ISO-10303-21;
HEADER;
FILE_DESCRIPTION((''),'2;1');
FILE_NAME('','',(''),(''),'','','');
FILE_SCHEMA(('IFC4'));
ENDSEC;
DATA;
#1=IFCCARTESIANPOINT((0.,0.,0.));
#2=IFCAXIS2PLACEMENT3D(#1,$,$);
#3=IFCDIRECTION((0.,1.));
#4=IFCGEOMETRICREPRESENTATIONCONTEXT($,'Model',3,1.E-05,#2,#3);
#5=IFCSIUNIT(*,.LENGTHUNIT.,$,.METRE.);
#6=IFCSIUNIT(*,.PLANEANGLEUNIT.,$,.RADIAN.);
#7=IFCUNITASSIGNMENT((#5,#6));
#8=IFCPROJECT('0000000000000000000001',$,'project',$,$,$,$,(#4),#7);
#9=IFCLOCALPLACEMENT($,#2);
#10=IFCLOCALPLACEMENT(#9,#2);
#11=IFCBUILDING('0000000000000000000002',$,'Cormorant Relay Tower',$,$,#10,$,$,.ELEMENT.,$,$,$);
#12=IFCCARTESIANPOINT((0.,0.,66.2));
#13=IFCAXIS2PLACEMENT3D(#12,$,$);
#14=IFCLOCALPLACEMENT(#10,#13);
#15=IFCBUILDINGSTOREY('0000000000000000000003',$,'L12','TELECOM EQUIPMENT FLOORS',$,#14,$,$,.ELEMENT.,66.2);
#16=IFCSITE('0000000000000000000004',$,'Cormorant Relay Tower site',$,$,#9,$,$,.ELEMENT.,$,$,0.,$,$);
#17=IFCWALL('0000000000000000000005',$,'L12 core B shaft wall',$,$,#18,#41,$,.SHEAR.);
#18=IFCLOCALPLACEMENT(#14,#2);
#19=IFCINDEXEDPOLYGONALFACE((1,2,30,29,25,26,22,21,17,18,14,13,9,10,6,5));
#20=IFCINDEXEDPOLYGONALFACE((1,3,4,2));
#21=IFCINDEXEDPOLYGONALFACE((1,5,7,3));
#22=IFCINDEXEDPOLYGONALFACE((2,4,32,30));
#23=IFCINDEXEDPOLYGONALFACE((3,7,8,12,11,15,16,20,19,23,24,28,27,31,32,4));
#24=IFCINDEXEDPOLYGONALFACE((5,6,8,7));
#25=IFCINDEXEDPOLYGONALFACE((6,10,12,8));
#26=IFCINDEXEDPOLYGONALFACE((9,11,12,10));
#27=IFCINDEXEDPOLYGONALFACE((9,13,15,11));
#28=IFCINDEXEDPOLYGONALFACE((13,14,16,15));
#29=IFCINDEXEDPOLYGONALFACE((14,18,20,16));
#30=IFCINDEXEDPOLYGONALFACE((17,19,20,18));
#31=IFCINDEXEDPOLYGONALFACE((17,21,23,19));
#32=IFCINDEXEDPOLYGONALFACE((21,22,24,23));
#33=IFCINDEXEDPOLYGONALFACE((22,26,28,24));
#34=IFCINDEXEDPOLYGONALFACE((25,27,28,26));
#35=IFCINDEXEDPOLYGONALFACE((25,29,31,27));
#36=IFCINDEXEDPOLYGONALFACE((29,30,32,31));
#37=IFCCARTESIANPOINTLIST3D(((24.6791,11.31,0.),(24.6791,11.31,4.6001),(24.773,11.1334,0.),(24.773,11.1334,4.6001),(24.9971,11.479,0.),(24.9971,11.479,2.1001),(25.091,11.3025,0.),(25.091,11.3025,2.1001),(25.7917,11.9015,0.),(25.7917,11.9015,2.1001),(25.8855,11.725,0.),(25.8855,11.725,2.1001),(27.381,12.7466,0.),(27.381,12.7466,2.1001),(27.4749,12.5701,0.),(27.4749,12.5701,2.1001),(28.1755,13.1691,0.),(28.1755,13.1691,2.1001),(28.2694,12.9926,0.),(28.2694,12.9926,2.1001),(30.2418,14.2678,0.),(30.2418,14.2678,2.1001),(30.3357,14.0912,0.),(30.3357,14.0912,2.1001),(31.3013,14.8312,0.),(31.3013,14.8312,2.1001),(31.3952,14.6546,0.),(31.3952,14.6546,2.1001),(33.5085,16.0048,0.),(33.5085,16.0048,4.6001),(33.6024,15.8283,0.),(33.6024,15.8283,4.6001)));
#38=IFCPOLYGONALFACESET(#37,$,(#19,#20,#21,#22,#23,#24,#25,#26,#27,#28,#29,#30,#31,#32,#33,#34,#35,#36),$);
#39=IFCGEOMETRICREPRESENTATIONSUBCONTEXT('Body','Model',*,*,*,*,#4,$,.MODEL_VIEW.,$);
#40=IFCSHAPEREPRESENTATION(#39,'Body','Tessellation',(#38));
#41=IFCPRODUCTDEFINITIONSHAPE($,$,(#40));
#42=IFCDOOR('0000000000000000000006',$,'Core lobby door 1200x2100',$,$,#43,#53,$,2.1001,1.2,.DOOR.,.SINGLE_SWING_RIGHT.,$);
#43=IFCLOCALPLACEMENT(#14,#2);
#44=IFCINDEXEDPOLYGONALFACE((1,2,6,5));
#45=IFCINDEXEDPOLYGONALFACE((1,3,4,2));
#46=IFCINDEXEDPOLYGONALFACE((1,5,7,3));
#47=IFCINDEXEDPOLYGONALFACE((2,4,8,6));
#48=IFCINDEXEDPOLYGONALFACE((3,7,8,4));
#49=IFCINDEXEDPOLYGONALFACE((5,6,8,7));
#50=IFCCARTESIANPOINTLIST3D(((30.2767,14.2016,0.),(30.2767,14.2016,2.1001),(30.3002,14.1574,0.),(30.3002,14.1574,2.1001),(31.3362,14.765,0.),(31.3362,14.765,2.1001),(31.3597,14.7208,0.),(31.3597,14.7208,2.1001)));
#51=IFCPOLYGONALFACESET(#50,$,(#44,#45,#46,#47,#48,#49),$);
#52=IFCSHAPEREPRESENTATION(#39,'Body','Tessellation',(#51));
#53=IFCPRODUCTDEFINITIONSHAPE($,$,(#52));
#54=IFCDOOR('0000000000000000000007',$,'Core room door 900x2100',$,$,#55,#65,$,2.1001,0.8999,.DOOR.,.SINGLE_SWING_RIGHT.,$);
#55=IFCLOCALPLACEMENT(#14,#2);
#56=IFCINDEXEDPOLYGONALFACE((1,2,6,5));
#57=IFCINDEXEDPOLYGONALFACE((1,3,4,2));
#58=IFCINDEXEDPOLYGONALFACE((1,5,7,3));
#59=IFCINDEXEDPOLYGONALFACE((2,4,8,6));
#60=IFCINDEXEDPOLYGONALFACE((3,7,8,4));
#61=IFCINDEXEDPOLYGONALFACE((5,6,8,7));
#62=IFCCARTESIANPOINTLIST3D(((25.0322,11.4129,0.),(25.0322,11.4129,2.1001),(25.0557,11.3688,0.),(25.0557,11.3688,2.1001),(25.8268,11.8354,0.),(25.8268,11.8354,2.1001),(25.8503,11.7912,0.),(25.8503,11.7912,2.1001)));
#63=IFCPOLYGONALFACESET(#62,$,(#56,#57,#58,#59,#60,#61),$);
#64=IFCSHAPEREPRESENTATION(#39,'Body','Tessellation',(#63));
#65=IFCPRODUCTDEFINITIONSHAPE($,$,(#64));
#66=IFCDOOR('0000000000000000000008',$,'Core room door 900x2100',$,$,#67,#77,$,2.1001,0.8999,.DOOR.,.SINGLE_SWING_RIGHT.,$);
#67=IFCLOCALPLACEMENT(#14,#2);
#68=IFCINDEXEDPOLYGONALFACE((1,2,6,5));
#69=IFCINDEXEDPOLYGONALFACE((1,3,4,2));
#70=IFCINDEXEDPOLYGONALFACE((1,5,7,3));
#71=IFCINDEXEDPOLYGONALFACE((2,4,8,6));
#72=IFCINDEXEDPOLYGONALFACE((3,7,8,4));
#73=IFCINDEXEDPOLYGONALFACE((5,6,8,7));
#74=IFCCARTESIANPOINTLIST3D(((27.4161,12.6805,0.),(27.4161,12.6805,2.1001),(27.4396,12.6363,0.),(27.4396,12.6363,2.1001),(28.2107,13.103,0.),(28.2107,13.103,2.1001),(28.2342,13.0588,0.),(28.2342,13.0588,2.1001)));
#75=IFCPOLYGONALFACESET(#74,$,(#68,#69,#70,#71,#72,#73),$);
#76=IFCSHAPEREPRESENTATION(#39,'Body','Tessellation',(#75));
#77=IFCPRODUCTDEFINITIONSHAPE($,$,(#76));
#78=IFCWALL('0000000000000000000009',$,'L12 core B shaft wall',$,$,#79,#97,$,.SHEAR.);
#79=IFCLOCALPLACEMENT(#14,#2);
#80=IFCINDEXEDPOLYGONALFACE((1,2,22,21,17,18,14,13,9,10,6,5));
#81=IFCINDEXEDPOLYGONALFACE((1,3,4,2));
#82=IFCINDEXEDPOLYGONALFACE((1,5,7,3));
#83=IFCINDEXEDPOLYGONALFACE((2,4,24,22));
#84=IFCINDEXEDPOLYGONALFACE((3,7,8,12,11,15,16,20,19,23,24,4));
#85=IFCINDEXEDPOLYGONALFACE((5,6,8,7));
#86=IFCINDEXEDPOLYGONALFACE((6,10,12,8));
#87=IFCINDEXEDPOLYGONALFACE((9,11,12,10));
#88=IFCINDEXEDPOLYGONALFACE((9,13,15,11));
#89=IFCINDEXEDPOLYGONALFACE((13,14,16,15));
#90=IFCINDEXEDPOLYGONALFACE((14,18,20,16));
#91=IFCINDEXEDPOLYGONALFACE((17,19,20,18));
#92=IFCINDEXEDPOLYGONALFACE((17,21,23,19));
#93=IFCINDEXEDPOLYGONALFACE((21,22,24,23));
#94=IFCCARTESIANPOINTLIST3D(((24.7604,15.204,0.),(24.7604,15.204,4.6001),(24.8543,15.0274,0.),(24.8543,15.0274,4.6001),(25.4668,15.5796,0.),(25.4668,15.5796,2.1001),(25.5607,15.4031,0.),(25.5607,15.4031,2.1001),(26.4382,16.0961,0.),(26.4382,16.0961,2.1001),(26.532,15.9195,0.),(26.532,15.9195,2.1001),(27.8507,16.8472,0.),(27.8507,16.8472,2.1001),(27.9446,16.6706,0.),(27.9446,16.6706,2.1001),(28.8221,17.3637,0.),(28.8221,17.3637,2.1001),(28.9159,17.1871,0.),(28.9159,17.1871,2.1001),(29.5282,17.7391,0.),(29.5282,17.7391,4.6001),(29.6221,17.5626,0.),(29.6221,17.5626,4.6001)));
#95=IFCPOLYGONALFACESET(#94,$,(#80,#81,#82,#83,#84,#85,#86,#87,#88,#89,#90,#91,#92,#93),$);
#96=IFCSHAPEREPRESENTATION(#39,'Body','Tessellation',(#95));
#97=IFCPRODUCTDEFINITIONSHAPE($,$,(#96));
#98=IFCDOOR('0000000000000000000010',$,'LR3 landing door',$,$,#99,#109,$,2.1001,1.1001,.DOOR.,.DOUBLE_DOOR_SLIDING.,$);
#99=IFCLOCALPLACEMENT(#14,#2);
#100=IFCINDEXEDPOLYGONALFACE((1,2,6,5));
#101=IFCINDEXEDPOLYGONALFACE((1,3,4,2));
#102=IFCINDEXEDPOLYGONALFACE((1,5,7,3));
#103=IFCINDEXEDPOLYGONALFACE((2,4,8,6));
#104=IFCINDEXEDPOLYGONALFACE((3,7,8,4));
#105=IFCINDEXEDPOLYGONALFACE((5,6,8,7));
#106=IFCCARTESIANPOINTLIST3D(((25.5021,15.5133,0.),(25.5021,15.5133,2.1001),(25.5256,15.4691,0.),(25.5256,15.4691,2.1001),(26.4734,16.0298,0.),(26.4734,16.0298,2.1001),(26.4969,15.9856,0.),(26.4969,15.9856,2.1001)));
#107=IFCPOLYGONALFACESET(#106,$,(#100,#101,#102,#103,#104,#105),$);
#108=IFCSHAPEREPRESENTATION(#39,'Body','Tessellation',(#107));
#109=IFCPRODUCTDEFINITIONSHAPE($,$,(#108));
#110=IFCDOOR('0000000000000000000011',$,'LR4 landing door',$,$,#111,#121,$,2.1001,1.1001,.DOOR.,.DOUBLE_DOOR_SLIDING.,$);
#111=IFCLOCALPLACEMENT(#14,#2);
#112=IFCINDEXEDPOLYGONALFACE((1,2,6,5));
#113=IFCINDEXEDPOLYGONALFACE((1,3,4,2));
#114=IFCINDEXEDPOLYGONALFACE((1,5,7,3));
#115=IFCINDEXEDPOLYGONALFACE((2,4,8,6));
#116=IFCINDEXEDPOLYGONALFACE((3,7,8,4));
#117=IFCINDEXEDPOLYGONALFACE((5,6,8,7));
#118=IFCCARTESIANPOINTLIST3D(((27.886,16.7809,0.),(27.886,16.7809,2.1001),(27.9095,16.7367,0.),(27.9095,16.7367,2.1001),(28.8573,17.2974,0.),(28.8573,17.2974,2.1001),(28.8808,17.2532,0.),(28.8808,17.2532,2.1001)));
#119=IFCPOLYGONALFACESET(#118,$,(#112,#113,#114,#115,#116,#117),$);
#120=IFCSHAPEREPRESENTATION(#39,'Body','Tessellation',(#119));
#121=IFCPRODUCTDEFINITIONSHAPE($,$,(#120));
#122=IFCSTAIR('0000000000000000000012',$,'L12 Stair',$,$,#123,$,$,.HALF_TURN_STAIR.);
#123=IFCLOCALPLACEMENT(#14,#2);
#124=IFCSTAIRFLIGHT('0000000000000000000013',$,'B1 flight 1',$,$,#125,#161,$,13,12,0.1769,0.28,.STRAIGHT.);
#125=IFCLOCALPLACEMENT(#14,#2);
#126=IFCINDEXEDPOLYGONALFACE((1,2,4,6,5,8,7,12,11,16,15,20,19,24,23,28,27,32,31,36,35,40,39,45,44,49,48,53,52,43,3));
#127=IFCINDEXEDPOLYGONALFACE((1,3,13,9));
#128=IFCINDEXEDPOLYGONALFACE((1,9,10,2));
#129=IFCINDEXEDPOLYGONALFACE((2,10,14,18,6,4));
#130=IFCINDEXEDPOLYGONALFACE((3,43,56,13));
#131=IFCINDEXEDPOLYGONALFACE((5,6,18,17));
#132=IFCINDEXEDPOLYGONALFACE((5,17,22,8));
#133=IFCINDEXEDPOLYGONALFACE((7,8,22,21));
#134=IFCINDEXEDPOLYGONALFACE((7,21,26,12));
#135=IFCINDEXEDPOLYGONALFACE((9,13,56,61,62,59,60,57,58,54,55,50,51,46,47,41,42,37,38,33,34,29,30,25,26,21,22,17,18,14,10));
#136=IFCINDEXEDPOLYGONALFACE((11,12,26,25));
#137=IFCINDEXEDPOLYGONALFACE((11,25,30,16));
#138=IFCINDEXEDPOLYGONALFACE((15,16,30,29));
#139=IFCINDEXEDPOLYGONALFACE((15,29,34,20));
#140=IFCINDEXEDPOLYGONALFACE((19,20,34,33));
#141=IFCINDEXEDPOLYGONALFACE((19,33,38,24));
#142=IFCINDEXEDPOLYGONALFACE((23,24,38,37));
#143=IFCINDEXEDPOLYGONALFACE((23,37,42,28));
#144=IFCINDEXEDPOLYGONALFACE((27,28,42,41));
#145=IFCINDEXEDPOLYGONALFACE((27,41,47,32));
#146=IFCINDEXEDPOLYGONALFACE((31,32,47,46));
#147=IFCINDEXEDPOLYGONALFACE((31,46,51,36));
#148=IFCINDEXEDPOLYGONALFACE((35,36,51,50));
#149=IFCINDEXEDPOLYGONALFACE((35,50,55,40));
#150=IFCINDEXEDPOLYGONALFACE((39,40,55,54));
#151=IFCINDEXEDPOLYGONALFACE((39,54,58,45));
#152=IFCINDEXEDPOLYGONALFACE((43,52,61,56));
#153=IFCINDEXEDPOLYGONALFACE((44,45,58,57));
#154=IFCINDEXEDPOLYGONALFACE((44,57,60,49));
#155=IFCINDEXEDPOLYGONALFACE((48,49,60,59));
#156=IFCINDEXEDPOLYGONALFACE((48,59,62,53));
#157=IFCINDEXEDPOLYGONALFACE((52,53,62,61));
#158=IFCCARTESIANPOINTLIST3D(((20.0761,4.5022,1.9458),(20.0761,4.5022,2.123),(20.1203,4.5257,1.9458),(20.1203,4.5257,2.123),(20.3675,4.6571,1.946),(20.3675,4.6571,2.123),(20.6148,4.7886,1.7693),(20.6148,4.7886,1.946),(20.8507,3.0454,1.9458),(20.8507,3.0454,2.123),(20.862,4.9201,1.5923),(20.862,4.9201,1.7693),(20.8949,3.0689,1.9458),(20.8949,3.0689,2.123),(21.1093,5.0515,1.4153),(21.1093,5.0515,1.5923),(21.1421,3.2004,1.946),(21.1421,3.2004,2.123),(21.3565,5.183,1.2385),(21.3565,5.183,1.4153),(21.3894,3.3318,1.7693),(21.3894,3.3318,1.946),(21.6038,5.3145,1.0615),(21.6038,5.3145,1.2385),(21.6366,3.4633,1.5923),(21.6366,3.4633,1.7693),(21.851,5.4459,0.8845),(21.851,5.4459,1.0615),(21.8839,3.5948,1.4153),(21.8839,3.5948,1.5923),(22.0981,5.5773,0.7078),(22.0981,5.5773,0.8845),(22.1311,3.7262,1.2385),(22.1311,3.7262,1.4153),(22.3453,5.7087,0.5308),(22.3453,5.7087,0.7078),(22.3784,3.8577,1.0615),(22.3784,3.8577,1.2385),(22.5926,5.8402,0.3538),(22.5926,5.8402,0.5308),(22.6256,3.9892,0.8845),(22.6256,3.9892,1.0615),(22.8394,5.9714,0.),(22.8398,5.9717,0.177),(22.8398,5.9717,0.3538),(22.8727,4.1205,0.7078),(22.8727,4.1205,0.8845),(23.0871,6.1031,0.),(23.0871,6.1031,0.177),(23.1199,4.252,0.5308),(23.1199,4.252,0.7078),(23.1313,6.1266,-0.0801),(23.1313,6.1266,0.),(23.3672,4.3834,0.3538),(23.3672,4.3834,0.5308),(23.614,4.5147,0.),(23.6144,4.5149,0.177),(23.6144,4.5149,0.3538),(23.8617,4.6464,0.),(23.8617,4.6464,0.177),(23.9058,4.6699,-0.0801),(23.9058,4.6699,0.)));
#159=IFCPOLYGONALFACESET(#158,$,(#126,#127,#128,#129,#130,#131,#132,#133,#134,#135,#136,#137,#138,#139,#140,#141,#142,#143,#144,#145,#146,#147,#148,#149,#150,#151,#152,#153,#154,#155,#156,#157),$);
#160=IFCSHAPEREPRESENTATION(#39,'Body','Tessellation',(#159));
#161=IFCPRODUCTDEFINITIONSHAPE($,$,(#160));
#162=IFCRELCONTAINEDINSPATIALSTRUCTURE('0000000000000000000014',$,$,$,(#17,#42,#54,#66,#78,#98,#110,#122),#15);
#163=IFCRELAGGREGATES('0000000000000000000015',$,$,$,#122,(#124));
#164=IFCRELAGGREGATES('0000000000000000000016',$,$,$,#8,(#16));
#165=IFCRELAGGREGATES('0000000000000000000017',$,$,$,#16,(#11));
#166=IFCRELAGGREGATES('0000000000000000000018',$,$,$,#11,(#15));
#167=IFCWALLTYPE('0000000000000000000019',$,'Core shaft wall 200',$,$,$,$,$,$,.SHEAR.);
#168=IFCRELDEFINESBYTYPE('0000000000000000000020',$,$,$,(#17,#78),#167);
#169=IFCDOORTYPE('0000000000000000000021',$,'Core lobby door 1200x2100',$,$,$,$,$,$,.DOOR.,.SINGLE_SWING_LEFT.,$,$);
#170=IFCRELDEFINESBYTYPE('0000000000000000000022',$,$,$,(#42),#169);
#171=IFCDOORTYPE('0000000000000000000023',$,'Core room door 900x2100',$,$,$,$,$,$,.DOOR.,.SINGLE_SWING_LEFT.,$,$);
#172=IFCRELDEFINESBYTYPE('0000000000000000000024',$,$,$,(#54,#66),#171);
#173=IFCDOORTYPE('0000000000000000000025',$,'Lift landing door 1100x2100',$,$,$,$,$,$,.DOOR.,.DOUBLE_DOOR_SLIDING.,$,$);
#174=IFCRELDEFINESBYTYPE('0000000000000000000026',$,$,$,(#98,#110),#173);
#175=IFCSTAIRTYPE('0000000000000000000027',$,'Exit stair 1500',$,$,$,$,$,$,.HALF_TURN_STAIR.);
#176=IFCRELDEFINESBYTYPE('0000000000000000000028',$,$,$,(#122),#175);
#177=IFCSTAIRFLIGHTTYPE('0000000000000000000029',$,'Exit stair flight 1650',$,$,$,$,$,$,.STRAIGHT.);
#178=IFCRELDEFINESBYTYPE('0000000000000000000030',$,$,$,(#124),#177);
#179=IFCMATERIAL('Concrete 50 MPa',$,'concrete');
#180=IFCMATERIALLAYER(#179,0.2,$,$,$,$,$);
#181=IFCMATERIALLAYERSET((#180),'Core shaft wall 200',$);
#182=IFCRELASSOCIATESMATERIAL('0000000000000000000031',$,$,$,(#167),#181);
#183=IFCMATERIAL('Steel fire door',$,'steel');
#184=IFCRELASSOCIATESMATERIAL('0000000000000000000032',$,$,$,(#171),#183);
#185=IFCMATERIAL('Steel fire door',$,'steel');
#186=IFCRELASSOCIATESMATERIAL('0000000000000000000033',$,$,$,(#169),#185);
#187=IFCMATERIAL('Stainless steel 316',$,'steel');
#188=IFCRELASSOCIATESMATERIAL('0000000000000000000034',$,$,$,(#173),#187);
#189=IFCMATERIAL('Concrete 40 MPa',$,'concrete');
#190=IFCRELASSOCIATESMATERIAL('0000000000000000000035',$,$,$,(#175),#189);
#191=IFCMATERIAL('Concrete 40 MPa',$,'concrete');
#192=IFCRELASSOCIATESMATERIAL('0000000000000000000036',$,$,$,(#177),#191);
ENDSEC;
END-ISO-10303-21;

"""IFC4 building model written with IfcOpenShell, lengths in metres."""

from ifc_helpers import new_model, si_unit, direction, frame, frame_2d, origin, place, context, subcontext, project, spatial, polyline, rectangle, outline, extrude, material, layer, layer_set, type_object, element, fill, aggregate, save


model = new_model("IFC4")

# Units and contexts
model_context = context("Model", 3, precision=1e-05, world=origin(), true_north=direction((0.0, 1.0)))
body_context = subcontext(model_context, "Body", "Model", "MODEL_VIEW")
ifc_project = project(units=[si_unit("LENGTHUNIT", "METRE"), si_unit("PLANEANGLEUNIT", "RADIAN")], contexts=[model_context])

# Site, building, storey
site_placement = place(None, origin())
site = spatial("IfcSite", under=ifc_project, at=site_placement, Name="Cormorant Relay Tower site", CompositionType="ELEMENT", RefElevation=0.0)
building_placement = place(site_placement, origin())
building = spatial("IfcBuilding", under=site, at=building_placement, Name="Cormorant Relay Tower", CompositionType="ELEMENT")
storey_placement = place(building_placement, frame((0.0, 0.0, 66.2)))
storey = spatial("IfcBuildingStorey", under=building, at=storey_placement, Name="L12", Description="TELECOM EQUIPMENT FLOORS", CompositionType="ELEMENT", Elevation=66.2)

# Shared definitions
ifc_material_1 = material(Name="Concrete 50 MPa", Category="concrete")
ifc_layer_1 = layer(ifc_material_1, 0.2)
ifc_layer_set_1 = layer_set([ifc_layer_1], Name="Core shaft wall 200")
wall_type_1 = type_object("IfcWallType", Name="Core shaft wall 200", PredefinedType="SHEAR", material=ifc_layer_set_1)
ifc_material_2 = material(Name="Steel fire door", Category="steel")
door_type_1 = type_object("IfcDoorType", Name="Core room door 900x2100", OperationType="SINGLE_SWING_LEFT", PredefinedType="DOOR", material=ifc_material_2)

# Walls, openings, doors
wall_1_placement = place(storey_placement, frame((24.7261, 11.2217, 0.0), z_axis=(0.0, 0.0, 1.0), x_axis=(0.88294, 0.469485, 0.0)))
wall_1 = element("IfcWall", 1, at=wall_1_placement, inside=storey, type_object=wall_type_1, Name="L12 core B shaft wall", PredefinedType="SHEAR", context=body_context, shape_type="SweptSolid", body=[
    extrude(rectangle(XDim=10.0, YDim=0.2, at=frame_2d((5.0, 0.0))), origin(), (0.0, 0.0, 1.0), 4.6001),
])
opening_1_placement = place(wall_1_placement, frame((6.3, 0.0, 0.0)))
opening_1 = element("IfcOpeningElement", 2, at=opening_1_placement, cuts=wall_1, PredefinedType="OPENING", context=body_context, shape_type="SweptSolid", body=[
    extrude(rectangle(XDim=1.2, YDim=2.1001, at=frame_2d((0.6001, 1.05))), frame((0.0, 0.1099, 0.0), z_axis=(0.0, -1.0, 0.0), x_axis=(1.0, 0.0, 0.0)), (0.0, 0.0, 1.0), 0.22),
])
opening_2_placement = place(wall_1_placement, frame((0.3601, 0.0, 0.0)))
opening_2 = element("IfcOpeningElement", 3, at=opening_2_placement, cuts=wall_1, PredefinedType="OPENING", context=body_context, shape_type="SweptSolid", body=[
    extrude(rectangle(XDim=0.8999, YDim=2.1001, at=frame_2d((0.45, 1.05))), frame((0.0, 0.1099, 0.0), z_axis=(0.0, -1.0, 0.0), x_axis=(1.0, 0.0, 0.0)), (0.0, 0.0, 1.0), 0.22),
])
opening_3_placement = place(wall_1_placement, frame((3.0601, 0.0, 0.0)))
opening_3 = element("IfcOpeningElement", 4, at=opening_3_placement, cuts=wall_1, PredefinedType="OPENING", context=body_context, shape_type="SweptSolid", body=[
    extrude(rectangle(XDim=0.8999, YDim=2.1001, at=frame_2d((0.45, 1.05))), frame((0.0, 0.1099, 0.0), z_axis=(0.0, -1.0, 0.0), x_axis=(1.0, 0.0, 0.0)), (0.0, 0.0, 1.0), 0.22),
])
ifc_material_3 = material(Name="Steel fire door", Category="steel")
door_type_2 = type_object("IfcDoorType", Name="Core lobby door 1200x2100", OperationType="SINGLE_SWING_LEFT", PredefinedType="DOOR", material=ifc_material_3)
door_1_placement = place(opening_1_placement, frame((1.2, 0.0, 0.0), z_axis=(0.0, 0.0, 1.0), x_axis=(-1.0, 0.0, 0.0)))
door_1 = element("IfcDoor", 5, at=door_1_placement, inside=storey, type_object=door_type_2, Name="Core lobby door 1200x2100", OperationType="SINGLE_SWING_RIGHT", OverallHeight=2.1001, OverallWidth=1.2, PredefinedType="DOOR", context=body_context, shape_type="SweptSolid", body=[
    extrude(rectangle(XDim=1.2, YDim=2.1001, at=frame_2d((0.6001, 1.05))), frame((0.0, 0.0249, 0.0), z_axis=(0.0, -1.0, 0.0), x_axis=(1.0, 0.0, 0.0)), (0.0, 0.0, 1.0), 0.05),
])
fill(opening_1, door_1)
door_2_placement = place(opening_2_placement, frame((0.8999, 0.0, 0.0), z_axis=(0.0, 0.0, 1.0), x_axis=(-1.0, 0.0, 0.0)))
door_2 = element("IfcDoor", 6, at=door_2_placement, inside=storey, type_object=door_type_1, Name="Core room door 900x2100", OperationType="SINGLE_SWING_RIGHT", OverallHeight=2.1001, OverallWidth=0.8999, PredefinedType="DOOR", context=body_context, shape_type="SweptSolid", body=[
    extrude(rectangle(XDim=0.8999, YDim=2.1001, at=frame_2d((0.45, 1.05))), frame((0.0, 0.0249, 0.0), z_axis=(0.0, -1.0, 0.0), x_axis=(1.0, 0.0, 0.0)), (0.0, 0.0, 1.0), 0.05),
])
fill(opening_2, door_2)
door_3_placement = place(opening_3_placement, frame((0.8999, 0.0, 0.0), z_axis=(0.0, 0.0, 1.0), x_axis=(-1.0, 0.0, 0.0)))
door_3 = element("IfcDoor", 7, at=door_3_placement, inside=storey, type_object=door_type_1, Name="Core room door 900x2100", OperationType="SINGLE_SWING_RIGHT", OverallHeight=2.1001, OverallWidth=0.8999, PredefinedType="DOOR", context=body_context, shape_type="SweptSolid", body=[
    extrude(rectangle(XDim=0.8999, YDim=2.1001, at=frame_2d((0.45, 1.05))), frame((0.0, 0.0249, 0.0), z_axis=(0.0, -1.0, 0.0), x_axis=(1.0, 0.0, 0.0)), (0.0, 0.0, 1.0), 0.05),
])
fill(opening_3, door_3)
wall_2_placement = place(storey_placement, frame((24.8074, 15.1157, 0.0), z_axis=(0.0, 0.0, 1.0), x_axis=(0.882943, 0.46948, 0.0)))
wall_2 = element("IfcWall", 8, at=wall_2_placement, inside=storey, type_object=wall_type_1, Name="L12 core B shaft wall", PredefinedType="SHEAR", context=body_context, shape_type="SweptSolid", body=[
    extrude(rectangle(XDim=5.3999, YDim=0.2, at=frame_2d((2.7, 0.0))), origin(), (0.0, 0.0, 1.0), 4.6001),
])
opening_4_placement = place(wall_2_placement, frame((0.8, 0.0, 0.0)))
opening_4 = element("IfcOpeningElement", 9, at=opening_4_placement, cuts=wall_2, PredefinedType="OPENING", context=body_context, shape_type="SweptSolid", body=[
    extrude(rectangle(XDim=1.1001, YDim=2.1001, at=frame_2d((0.55, 1.05))), frame((0.0, 0.1099, 0.0), z_axis=(0.0, -1.0, 0.0), x_axis=(1.0, 0.0, 0.0)), (0.0, 0.0, 1.0), 0.22),
])
opening_5_placement = place(wall_2_placement, frame((3.5, 0.0, 0.0)))
opening_5 = element("IfcOpeningElement", 10, at=opening_5_placement, cuts=wall_2, PredefinedType="OPENING", context=body_context, shape_type="SweptSolid", body=[
    extrude(rectangle(XDim=1.1001, YDim=2.1001, at=frame_2d((0.55, 1.05))), frame((0.0, 0.1099, 0.0), z_axis=(0.0, -1.0, 0.0), x_axis=(1.0, 0.0, 0.0)), (0.0, 0.0, 1.0), 0.22),
])
ifc_material_4 = material(Name="Stainless steel 316", Category="steel")
door_type_3 = type_object("IfcDoorType", Name="Lift landing door 1100x2100", OperationType="DOUBLE_DOOR_SLIDING", PredefinedType="DOOR", material=ifc_material_4)
door_4_placement = place(opening_4_placement, origin())
door_4 = element("IfcDoor", 11, at=door_4_placement, inside=storey, type_object=door_type_3, Name="LR3 landing door", OperationType="DOUBLE_DOOR_SLIDING", OverallHeight=2.1001, OverallWidth=1.1001, PredefinedType="DOOR", context=body_context, shape_type="SweptSolid", body=[
    extrude(rectangle(XDim=1.1001, YDim=2.1001, at=frame_2d((0.55, 1.05))), frame((0.0, 0.0249, 0.0), z_axis=(0.0, -1.0, 0.0), x_axis=(1.0, 0.0, 0.0)), (0.0, 0.0, 1.0), 0.05),
])
fill(opening_4, door_4)
door_5_placement = place(opening_5_placement, origin())
door_5 = element("IfcDoor", 12, at=door_5_placement, inside=storey, type_object=door_type_3, Name="LR4 landing door", OperationType="DOUBLE_DOOR_SLIDING", OverallHeight=2.1001, OverallWidth=1.1001, PredefinedType="DOOR", context=body_context, shape_type="SweptSolid", body=[
    extrude(rectangle(XDim=1.1001, YDim=2.1001, at=frame_2d((0.55, 1.05))), frame((0.0, 0.0249, 0.0), z_axis=(0.0, -1.0, 0.0), x_axis=(1.0, 0.0, 0.0)), (0.0, 0.0, 1.0), 0.05),
])
fill(opening_5, door_5)

# Stair, stair flight
ifc_material_5 = material(Name="Concrete 40 MPa", Category="concrete")
stair_type = type_object("IfcStairType", Name="Exit stair 1500", PredefinedType="HALF_TURN_STAIR", material=ifc_material_5)
stair_placement = place(storey_placement, origin())
stair = element("IfcStair", 13, at=stair_placement, inside=storey, type_object=stair_type, Name="L12 Stair", PredefinedType="HALF_TURN_STAIR")
ifc_material_6 = material(Name="Concrete 40 MPa", Category="concrete")
stair_flight_type = type_object("IfcStairFlightType", Name="Exit stair flight 1650", PredefinedType="STRAIGHT", material=ifc_material_6)
stair_flight_placement = place(storey_placement, frame((23.4744, 5.3748, 0.0), z_axis=(0.0, 0.0, 1.0), x_axis=(-0.882948, -0.469472, 0.0)))
stair_flight = element("IfcStairFlight", 14, at=stair_flight_placement, type_object=stair_flight_type, Name="B1 flight 1", NumberOfRisers=13, NumberOfTreads=12, PredefinedType="STRAIGHT", RiserHeight=0.1769, TreadLength=0.28, context=body_context, shape_type="SweptSolid", body=[
    extrude(outline(polyline([(-0.05, -0.0801), (-0.05, 0.0), (0.0, 0.0), (0.0, 0.177), (0.28, 0.177), (0.28, 0.3538), (0.5601, 0.3538), (0.5601, 0.5308), (0.8401, 0.5308), (0.8401, 0.7078), (1.1201, 0.7078), (1.1201, 0.8845), (1.3999, 0.8845), (1.3999, 1.0615), (1.6799, 1.0615), (1.6799, 1.2385), (1.96, 1.2385), (1.96, 1.4153), (2.24, 1.4153), (2.24, 1.5923), (2.52, 1.5923), (2.52, 1.7693), (2.8, 1.7693), (2.8, 1.946), (3.0801, 1.946), (3.0801, 2.123), (3.3601, 2.123), (3.4102, 2.123), (3.4102, 1.9458), (3.3601, 1.9458), (0.2805, 0.0), (-0.05, -0.0801)])), frame((0.0, 0.825, 0.0), z_axis=(0.0, -1.0, 0.0), x_axis=(1.0, 0.0, 0.0)), (0.0, 0.0, 1.0), 1.6499),
])
aggregate(stair, [stair_flight])

save(model, "model.ifc")
